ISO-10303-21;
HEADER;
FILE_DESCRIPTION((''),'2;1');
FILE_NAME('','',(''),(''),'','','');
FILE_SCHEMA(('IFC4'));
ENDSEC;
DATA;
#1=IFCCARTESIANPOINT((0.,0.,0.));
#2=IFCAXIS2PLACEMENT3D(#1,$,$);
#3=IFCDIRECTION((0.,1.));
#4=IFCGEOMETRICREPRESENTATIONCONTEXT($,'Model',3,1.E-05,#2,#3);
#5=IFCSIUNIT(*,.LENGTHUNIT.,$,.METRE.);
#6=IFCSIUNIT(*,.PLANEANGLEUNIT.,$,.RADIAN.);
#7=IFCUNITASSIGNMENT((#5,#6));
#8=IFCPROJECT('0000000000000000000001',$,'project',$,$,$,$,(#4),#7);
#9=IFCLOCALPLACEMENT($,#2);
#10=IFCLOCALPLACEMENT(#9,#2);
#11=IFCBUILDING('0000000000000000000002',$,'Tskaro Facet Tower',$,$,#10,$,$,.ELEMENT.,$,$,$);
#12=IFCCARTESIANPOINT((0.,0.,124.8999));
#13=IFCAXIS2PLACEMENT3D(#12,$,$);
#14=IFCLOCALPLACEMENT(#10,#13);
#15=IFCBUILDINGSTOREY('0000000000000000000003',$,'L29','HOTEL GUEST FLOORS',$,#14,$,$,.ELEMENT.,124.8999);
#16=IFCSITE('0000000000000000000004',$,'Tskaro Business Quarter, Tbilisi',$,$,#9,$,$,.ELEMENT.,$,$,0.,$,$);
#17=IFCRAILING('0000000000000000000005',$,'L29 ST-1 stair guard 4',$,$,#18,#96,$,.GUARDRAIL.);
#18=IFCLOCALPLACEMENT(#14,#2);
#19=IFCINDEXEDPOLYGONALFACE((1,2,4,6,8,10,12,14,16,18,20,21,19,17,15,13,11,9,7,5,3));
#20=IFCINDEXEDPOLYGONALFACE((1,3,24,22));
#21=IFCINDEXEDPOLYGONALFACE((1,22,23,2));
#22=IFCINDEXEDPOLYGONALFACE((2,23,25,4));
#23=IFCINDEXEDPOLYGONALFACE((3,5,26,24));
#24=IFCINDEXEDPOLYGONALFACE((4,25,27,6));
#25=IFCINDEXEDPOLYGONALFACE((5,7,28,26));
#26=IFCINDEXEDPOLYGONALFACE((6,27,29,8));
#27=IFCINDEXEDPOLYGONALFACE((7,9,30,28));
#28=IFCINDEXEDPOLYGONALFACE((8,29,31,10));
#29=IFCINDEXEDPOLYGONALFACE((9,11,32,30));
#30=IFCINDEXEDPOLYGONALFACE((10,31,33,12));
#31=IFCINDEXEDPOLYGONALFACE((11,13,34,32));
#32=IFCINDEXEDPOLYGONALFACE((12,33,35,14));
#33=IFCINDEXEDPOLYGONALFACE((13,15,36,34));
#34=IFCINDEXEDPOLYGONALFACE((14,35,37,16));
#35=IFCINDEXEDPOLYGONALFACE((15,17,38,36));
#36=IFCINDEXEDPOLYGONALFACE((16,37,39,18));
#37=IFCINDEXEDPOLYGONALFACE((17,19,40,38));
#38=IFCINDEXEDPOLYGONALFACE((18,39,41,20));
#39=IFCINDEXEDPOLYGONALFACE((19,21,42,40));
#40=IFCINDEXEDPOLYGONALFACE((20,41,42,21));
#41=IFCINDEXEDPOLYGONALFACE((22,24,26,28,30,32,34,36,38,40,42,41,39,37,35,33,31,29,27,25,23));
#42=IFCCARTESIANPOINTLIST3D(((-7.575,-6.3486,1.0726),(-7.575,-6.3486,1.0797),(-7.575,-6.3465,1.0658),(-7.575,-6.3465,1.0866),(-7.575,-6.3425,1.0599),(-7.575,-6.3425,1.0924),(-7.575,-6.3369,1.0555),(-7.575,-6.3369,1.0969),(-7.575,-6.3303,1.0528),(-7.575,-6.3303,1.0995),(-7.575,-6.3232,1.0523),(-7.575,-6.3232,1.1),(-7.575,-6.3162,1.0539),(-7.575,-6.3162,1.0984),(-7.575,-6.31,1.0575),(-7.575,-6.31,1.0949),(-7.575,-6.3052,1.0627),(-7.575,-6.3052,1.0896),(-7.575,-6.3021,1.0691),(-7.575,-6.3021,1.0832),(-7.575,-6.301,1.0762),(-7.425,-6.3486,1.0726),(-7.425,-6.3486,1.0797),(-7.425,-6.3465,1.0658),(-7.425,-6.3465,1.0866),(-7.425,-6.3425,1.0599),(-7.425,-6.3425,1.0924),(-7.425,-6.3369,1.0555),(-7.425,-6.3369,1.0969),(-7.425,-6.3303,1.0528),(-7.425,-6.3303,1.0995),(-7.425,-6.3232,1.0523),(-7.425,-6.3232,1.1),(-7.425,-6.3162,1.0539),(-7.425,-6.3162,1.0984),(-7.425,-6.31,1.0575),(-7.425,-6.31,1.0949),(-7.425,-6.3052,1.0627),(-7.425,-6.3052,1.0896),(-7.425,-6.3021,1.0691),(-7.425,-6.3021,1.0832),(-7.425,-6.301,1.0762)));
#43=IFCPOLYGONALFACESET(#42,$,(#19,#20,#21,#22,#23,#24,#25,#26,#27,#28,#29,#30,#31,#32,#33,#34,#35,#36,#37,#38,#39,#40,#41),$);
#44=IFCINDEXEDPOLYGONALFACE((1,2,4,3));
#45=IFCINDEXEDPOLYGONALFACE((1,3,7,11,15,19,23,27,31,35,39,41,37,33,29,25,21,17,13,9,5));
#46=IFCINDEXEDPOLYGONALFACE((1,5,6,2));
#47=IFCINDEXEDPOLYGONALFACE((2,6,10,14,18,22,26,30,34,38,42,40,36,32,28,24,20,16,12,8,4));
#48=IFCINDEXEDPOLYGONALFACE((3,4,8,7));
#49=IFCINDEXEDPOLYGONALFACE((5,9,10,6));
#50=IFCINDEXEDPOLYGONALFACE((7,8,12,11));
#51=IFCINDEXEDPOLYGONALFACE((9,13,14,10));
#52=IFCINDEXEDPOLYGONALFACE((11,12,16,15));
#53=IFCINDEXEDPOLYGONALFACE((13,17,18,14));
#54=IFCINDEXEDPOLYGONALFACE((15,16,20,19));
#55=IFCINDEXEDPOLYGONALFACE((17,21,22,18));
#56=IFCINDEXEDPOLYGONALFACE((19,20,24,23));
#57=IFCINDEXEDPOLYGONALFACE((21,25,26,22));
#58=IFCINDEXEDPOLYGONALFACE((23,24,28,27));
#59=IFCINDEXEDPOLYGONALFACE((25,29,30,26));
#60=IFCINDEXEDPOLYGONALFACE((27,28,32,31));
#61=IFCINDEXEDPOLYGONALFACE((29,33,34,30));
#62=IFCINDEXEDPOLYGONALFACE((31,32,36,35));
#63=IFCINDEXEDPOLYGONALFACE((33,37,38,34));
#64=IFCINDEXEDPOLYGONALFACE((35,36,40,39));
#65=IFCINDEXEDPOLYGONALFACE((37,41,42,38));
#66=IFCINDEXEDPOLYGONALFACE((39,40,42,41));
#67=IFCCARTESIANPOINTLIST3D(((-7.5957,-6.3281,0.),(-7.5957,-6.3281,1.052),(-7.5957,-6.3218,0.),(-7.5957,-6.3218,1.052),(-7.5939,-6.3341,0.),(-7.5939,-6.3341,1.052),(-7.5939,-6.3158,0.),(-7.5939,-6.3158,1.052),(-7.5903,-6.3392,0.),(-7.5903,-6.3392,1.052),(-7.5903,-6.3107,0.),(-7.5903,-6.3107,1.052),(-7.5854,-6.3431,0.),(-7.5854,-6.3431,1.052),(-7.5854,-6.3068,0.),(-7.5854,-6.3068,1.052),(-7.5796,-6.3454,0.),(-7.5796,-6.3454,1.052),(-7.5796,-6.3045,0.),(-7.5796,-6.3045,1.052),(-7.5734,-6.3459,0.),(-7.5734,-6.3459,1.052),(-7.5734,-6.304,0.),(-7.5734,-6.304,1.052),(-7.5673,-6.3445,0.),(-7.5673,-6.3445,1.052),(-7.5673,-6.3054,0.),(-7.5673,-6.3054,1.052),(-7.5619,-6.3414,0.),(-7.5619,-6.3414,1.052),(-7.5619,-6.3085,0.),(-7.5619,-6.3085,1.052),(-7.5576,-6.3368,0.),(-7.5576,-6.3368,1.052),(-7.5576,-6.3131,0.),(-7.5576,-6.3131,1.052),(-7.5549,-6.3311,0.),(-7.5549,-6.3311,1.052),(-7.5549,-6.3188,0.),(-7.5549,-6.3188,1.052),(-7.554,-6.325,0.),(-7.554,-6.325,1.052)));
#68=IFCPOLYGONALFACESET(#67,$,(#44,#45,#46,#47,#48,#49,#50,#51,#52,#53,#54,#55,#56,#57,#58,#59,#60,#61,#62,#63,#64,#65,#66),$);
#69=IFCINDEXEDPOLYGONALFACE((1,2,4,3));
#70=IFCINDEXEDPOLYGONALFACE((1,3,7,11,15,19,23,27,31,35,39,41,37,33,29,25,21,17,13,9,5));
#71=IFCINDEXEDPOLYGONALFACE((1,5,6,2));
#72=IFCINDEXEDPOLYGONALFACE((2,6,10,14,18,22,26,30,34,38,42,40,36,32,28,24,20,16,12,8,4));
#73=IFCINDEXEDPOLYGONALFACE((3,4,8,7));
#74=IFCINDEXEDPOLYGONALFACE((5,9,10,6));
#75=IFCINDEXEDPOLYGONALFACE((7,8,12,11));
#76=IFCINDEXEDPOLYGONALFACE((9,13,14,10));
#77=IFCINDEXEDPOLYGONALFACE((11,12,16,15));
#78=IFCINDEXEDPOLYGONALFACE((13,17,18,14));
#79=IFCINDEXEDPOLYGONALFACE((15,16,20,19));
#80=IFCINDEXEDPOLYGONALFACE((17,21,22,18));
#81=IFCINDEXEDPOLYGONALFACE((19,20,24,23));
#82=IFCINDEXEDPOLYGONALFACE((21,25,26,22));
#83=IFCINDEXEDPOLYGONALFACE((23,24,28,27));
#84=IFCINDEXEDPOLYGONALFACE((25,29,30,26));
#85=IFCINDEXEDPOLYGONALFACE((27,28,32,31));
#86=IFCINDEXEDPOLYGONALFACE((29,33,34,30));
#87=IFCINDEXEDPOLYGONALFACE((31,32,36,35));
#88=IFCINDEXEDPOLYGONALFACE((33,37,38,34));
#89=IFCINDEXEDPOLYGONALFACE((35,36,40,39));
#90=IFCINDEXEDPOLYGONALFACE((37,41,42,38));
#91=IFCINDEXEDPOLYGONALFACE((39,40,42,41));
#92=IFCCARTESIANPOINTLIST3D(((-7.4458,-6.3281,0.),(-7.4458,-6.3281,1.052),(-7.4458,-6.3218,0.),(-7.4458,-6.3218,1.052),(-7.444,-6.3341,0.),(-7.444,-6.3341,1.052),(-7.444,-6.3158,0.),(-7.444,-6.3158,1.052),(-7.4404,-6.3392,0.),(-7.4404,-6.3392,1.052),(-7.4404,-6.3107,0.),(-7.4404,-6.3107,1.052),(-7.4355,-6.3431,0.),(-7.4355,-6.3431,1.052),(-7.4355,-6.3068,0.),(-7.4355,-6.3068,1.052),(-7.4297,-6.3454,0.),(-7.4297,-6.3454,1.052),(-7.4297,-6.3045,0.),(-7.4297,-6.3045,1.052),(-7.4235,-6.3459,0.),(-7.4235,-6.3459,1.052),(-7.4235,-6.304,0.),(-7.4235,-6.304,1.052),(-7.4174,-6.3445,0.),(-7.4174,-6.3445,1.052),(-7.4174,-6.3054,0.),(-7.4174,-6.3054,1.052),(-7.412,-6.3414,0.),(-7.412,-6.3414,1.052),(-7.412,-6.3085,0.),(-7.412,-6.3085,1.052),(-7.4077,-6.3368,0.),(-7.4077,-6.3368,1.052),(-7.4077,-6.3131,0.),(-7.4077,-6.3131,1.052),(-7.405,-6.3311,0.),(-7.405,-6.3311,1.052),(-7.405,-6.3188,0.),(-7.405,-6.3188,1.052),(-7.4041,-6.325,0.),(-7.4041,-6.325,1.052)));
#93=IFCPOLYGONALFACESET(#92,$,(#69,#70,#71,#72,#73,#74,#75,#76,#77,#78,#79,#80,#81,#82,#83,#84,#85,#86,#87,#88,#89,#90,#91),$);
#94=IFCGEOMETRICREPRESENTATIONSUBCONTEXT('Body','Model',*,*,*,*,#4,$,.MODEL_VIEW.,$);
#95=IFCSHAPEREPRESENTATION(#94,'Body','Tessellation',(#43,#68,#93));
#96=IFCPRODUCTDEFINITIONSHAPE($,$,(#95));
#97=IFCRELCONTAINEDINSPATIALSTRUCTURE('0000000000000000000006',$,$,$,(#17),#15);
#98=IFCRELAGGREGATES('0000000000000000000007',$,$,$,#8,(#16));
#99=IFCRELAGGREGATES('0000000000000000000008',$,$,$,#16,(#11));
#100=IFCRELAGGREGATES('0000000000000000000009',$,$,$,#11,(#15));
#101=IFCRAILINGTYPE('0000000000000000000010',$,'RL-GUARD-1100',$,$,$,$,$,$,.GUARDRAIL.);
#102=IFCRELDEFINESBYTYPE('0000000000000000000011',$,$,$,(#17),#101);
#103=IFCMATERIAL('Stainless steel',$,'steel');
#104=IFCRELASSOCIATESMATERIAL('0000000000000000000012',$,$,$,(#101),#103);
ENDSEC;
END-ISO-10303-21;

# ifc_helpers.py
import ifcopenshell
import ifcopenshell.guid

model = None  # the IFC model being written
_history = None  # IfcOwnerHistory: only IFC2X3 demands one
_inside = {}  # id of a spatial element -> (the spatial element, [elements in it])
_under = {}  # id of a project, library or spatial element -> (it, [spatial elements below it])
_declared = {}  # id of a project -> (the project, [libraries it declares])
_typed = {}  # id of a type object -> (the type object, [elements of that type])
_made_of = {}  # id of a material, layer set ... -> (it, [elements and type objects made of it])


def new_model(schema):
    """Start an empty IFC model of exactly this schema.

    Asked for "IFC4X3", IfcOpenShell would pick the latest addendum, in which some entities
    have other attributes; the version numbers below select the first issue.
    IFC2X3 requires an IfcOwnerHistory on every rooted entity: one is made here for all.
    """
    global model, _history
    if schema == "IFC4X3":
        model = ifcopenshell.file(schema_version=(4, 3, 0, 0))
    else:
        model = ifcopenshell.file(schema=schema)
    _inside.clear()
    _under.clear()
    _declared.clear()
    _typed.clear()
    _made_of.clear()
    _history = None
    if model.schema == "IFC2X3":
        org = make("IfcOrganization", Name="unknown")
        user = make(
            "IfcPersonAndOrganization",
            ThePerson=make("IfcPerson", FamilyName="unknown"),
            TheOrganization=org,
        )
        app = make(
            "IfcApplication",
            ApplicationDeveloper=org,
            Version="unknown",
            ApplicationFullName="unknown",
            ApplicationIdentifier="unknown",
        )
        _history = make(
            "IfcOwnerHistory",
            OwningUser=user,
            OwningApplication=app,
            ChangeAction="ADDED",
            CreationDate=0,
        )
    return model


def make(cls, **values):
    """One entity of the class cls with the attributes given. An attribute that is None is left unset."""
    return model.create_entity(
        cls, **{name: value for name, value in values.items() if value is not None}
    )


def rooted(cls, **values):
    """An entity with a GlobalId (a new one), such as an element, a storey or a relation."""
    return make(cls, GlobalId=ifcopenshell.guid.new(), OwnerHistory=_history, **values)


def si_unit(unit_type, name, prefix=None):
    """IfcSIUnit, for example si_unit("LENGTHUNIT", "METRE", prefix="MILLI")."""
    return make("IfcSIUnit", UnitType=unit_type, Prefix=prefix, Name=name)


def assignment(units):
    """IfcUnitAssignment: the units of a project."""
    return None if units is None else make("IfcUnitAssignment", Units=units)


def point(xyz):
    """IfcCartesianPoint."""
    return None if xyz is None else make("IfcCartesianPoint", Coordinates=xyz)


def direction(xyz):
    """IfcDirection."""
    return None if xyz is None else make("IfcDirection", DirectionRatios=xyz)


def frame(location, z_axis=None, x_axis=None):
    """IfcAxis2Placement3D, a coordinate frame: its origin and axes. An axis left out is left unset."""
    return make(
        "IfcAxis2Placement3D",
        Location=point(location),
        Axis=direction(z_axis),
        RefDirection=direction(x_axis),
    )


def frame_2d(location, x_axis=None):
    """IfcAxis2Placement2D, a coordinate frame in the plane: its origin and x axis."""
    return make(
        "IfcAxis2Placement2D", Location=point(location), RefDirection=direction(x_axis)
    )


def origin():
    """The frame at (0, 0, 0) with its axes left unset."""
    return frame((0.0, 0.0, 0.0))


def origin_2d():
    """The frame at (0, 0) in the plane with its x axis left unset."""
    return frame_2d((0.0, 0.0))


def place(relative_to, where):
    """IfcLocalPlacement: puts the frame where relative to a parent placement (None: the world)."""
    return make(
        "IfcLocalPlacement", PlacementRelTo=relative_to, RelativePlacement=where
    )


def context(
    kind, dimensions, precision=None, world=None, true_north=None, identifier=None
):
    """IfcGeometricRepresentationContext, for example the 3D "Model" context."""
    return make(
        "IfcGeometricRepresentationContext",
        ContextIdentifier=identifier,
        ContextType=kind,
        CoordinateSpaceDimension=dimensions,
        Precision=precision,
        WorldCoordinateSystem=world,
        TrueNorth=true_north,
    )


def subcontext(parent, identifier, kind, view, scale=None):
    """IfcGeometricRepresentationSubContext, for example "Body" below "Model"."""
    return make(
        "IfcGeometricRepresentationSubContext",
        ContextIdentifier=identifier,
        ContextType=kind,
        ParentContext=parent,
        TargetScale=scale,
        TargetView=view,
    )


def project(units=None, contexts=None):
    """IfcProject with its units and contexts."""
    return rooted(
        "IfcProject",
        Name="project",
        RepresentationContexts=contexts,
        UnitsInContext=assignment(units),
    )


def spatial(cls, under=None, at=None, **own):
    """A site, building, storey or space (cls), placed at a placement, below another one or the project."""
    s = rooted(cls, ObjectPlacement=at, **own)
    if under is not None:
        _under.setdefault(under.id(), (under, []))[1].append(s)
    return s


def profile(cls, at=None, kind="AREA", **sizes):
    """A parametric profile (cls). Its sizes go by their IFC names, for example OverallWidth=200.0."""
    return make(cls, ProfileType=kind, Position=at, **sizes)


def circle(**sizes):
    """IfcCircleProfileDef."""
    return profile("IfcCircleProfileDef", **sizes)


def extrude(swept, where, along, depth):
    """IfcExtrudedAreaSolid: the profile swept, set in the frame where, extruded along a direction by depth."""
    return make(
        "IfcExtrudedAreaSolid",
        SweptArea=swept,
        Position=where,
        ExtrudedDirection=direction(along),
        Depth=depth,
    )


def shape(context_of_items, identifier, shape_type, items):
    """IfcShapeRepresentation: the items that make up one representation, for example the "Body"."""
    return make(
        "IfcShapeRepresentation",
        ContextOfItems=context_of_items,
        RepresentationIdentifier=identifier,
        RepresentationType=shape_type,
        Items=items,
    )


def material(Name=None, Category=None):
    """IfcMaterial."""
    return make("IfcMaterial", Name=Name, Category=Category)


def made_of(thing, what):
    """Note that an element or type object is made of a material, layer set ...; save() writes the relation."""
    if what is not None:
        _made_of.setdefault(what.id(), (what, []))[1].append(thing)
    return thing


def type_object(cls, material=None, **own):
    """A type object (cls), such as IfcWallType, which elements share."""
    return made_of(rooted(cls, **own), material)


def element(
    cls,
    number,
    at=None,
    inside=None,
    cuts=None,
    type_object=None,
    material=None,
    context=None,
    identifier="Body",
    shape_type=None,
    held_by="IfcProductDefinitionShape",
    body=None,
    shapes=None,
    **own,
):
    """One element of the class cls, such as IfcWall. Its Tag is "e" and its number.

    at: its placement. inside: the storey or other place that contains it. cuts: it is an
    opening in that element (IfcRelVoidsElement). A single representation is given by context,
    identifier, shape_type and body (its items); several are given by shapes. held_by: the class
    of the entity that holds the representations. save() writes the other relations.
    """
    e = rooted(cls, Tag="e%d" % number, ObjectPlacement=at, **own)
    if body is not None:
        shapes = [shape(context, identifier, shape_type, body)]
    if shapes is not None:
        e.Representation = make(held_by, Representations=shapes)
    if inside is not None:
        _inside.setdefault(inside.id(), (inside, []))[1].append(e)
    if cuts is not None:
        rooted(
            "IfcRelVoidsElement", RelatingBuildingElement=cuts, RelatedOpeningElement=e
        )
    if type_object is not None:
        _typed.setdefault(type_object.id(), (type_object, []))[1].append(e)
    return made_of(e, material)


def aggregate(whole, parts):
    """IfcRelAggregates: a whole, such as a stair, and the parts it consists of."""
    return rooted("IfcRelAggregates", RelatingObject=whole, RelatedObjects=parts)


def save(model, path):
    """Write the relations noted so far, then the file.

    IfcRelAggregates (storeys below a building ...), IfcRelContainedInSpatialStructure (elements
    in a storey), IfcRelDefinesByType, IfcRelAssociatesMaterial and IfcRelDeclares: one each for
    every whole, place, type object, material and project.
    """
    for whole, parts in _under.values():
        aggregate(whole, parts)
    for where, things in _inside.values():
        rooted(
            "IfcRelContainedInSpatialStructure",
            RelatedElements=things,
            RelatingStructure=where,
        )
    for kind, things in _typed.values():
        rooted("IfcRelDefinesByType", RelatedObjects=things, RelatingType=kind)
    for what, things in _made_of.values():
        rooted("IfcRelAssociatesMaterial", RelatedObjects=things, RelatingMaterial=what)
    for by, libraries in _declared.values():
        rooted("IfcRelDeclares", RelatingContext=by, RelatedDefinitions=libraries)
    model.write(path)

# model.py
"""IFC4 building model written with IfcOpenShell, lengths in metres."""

from ifc_helpers import new_model, si_unit, direction, frame, origin, origin_2d, place, context, subcontext, project, spatial, circle, extrude, material, type_object, element, save


model = new_model("IFC4")

# Units and contexts
model_context = context("Model", 3, precision=1e-05, world=origin(), true_north=direction((0.0, 1.0)))
body_context = subcontext(model_context, "Body", "Model", "MODEL_VIEW")
ifc_project = project(units=[si_unit("LENGTHUNIT", "METRE"), si_unit("PLANEANGLEUNIT", "RADIAN")], contexts=[model_context])

# Site, building, storey
site_placement = place(None, origin())
site = spatial("IfcSite", under=ifc_project, at=site_placement, Name="Tskaro Business Quarter, Tbilisi", CompositionType="ELEMENT", RefElevation=0.0)
building_placement = place(site_placement, origin())
building = spatial("IfcBuilding", under=site, at=building_placement, Name="Tskaro Facet Tower", CompositionType="ELEMENT")
storey_placement = place(building_placement, frame((0.0, 0.0, 124.8999)))
storey = spatial("IfcBuildingStorey", under=building, at=storey_placement, Name="L29", Description="HOTEL GUEST FLOORS", CompositionType="ELEMENT", Elevation=124.8999)

# Shared definitions
ifc_material_1 = material(Name="Stainless steel", Category="steel")

# Railing
railing_type_1 = type_object("IfcRailingType", Name="RL-GUARD-1100", PredefinedType="GUARDRAIL", material=ifc_material_1)
railing_1_placement = place(storey_placement, frame((-7.575, -6.325, 0.0)))
element("IfcRailing", 1, at=railing_1_placement, inside=storey, type_object=railing_type_1, Name="L29 ST-1 stair guard 4", PredefinedType="GUARDRAIL", context=body_context, shape_type="SweptSolid", body=[
    extrude(circle(Radius=0.0239, at=origin_2d()), frame((0.0, 0.0, 1.0762), z_axis=(1.0, 0.0, 0.0), x_axis=(0.0, 1.0, 0.0)), (0.0, 0.0, 1.0), 0.1499),
    extrude(circle(Radius=0.021, at=origin_2d()), origin(), (0.0, 0.0, 1.0), 1.052),
    extrude(circle(Radius=0.021, at=origin_2d()), frame((0.1499, 0.0, 0.0)), (0.0, 0.0, 1.0), 1.052),
])

save(model, "model.ifc")
